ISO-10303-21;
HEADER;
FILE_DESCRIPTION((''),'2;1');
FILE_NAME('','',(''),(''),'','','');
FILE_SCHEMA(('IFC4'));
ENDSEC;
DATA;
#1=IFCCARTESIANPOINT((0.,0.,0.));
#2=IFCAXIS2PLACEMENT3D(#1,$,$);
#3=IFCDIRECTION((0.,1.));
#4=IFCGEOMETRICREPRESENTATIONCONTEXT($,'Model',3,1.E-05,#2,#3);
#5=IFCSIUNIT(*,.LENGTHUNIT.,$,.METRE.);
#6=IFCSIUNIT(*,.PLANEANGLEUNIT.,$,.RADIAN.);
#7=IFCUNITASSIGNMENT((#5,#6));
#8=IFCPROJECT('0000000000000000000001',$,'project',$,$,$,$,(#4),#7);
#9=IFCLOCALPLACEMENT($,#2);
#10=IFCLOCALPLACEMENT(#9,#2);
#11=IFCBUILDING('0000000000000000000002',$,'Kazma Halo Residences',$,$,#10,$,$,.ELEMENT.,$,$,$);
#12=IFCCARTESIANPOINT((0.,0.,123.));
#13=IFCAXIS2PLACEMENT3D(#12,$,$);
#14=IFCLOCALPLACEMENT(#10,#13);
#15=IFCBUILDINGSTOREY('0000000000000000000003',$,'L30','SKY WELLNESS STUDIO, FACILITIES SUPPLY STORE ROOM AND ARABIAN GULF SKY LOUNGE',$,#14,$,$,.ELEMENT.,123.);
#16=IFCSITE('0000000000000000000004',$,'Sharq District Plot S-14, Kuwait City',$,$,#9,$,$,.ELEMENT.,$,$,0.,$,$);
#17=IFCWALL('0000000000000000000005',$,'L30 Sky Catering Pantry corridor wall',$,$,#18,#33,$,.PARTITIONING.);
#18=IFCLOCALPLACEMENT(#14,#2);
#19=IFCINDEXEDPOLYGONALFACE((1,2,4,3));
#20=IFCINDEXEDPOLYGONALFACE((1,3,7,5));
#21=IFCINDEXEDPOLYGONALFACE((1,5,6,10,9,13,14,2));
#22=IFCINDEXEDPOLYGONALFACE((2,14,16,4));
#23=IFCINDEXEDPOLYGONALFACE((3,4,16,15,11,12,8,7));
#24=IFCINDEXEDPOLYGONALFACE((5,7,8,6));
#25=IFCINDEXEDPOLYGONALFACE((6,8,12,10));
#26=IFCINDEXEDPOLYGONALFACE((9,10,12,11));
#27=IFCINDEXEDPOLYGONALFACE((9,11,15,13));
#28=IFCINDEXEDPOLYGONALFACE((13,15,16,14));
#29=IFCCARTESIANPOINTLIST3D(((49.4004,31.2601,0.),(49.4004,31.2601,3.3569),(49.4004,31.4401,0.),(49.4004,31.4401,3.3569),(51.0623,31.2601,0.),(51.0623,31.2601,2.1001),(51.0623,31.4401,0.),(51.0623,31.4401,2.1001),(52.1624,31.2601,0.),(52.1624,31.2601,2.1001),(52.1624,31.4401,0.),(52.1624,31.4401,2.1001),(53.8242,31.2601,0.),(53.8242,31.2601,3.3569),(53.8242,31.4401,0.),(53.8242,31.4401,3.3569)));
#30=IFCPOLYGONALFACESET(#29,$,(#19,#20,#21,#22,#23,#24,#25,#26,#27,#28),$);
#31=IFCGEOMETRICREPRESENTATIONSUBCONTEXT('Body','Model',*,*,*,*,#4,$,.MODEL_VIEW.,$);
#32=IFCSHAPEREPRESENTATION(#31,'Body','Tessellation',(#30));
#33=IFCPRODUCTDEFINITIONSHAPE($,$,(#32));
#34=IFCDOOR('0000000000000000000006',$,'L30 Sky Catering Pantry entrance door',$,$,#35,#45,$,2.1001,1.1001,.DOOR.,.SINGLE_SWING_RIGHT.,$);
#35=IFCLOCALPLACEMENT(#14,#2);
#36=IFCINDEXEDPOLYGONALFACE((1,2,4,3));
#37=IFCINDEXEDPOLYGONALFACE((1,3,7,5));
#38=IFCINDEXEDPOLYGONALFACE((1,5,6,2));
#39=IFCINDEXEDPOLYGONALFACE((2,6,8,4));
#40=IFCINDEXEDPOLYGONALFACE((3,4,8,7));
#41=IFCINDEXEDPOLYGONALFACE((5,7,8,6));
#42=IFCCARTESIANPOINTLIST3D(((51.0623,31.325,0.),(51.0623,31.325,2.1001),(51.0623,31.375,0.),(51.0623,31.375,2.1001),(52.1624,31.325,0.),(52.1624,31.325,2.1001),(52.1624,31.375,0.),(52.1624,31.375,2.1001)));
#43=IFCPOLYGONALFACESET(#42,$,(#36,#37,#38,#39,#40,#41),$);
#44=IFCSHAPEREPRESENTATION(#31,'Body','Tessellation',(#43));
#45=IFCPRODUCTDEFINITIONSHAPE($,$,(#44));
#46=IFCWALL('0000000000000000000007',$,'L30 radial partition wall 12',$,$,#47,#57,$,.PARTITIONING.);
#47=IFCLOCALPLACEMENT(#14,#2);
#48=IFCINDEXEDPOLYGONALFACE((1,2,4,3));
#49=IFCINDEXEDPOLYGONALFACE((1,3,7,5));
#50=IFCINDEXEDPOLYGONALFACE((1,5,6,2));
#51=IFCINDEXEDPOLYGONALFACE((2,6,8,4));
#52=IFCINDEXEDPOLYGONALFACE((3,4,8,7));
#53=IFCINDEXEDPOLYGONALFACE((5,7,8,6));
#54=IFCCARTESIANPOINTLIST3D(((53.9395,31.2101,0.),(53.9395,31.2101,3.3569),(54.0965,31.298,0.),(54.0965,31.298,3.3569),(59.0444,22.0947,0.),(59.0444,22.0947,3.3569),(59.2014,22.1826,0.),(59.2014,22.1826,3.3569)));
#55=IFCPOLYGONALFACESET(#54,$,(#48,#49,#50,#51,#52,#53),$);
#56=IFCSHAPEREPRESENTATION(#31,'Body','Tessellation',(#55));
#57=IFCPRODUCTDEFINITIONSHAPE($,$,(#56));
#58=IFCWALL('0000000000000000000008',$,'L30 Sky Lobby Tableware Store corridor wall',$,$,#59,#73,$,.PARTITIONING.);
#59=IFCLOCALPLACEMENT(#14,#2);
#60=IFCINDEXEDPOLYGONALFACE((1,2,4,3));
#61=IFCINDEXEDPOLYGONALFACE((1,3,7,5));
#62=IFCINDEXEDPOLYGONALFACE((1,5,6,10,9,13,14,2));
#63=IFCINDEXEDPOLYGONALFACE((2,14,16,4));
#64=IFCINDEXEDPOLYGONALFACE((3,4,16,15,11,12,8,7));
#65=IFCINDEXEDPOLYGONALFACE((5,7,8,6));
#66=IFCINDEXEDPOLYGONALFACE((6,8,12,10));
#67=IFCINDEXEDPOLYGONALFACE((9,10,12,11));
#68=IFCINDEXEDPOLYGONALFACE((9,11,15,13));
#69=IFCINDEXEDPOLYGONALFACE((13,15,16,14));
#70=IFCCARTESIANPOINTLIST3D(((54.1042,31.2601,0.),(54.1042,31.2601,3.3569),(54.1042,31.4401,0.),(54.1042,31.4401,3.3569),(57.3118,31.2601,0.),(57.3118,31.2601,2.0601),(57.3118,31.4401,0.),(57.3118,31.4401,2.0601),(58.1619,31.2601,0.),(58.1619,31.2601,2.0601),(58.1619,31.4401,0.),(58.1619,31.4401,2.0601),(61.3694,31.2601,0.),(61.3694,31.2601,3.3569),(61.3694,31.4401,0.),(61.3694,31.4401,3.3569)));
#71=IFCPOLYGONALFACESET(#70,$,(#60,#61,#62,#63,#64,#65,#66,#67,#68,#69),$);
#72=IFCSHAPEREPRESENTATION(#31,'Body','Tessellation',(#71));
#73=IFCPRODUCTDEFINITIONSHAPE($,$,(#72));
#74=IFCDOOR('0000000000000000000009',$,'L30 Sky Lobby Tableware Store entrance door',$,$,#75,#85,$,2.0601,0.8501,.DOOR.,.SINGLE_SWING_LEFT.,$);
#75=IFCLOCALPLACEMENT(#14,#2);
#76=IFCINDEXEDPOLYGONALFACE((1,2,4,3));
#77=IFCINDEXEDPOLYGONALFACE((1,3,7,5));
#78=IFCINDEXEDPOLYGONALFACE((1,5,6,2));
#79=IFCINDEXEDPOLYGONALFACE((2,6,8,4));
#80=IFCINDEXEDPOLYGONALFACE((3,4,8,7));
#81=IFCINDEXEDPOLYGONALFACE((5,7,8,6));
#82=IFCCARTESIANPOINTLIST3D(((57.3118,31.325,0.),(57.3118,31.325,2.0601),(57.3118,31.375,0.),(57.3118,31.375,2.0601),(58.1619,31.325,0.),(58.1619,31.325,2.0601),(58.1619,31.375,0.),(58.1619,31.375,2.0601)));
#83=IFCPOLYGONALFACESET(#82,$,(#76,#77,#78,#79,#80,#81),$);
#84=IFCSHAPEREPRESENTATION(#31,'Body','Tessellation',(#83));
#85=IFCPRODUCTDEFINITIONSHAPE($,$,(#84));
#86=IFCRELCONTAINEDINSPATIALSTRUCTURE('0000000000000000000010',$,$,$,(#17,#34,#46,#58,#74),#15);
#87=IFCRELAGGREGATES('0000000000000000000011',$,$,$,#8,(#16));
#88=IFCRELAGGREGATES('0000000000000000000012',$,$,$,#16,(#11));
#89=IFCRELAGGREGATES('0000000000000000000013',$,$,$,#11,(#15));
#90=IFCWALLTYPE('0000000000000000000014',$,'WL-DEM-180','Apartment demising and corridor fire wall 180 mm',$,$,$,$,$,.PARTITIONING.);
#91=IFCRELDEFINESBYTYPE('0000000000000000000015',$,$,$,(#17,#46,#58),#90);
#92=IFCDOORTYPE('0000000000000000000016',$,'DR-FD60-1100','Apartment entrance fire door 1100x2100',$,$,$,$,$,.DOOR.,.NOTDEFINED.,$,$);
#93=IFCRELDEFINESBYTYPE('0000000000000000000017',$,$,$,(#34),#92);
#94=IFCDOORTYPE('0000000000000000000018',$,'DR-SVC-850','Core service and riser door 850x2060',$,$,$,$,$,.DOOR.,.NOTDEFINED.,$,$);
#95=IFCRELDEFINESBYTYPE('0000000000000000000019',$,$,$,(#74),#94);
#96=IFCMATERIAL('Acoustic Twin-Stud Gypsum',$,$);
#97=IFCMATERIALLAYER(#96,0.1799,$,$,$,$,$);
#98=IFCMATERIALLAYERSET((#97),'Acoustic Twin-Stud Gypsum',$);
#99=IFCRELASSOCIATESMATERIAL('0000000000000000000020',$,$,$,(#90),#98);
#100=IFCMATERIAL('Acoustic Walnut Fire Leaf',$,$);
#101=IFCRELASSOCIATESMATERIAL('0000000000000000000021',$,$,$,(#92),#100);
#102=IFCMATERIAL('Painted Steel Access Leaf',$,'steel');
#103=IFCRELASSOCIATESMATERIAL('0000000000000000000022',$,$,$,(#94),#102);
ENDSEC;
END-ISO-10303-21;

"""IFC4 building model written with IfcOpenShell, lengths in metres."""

from ifc_helpers import new_model, si_unit, direction, frame, frame_2d, origin, place, context, subcontext, project, spatial, rectangle, extrude, material, layer, layer_set, type_object, element, fill, save


model = new_model("IFC4")

# Units and contexts
model_context = context("Model", 3, precision=1e-05, world=origin(), true_north=direction((0.0, 1.0)))
body_context = subcontext(model_context, "Body", "Model", "MODEL_VIEW")
ifc_project = project(units=[si_unit("LENGTHUNIT", "METRE"), si_unit("PLANEANGLEUNIT", "RADIAN")], contexts=[model_context])

# Site, building, storey
site_placement = place(None, origin())
site = spatial("IfcSite", under=ifc_project, at=site_placement, Name="Sharq District Plot S-14, Kuwait City", CompositionType="ELEMENT", RefElevation=0.0)
building_placement = place(site_placement, origin())
building = spatial("IfcBuilding", under=site, at=building_placement, Name="Kazma Halo Residences", CompositionType="ELEMENT")
storey_placement = place(building_placement, frame((0.0, 0.0, 123.0)))
storey = spatial("IfcBuildingStorey", under=building, at=storey_placement, Name="L30", Description="SKY WELLNESS STUDIO, FACILITIES SUPPLY STORE ROOM AND ARABIAN GULF SKY LOUNGE", CompositionType="ELEMENT", Elevation=123.0)

# Shared definitions
ifc_material_1 = material(Name="Acoustic Twin-Stud Gypsum")
ifc_layer_1 = layer(ifc_material_1, 0.1799)
ifc_layer_set_1 = layer_set([ifc_layer_1], Name="Acoustic Twin-Stud Gypsum")
wall_type_1 = type_object("IfcWallType", Name="WL-DEM-180", Description="Apartment demising and corridor fire wall 180 mm", PredefinedType="PARTITIONING", material=ifc_layer_set_1)

# Wall, opening, door
wall_1_placement = place(storey_placement, frame((49.4004, 31.3501, 0.0), z_axis=(0.0, 0.0, 1.0), x_axis=(1.0, 0.0, 0.0)))
wall_1 = element("IfcWall", 1, at=wall_1_placement, inside=storey, type_object=wall_type_1, Name="L30 Sky Catering Pantry corridor wall", PredefinedType="PARTITIONING", context=body_context, shape_type="SweptSolid", body=[
    extrude(rectangle(XDim=4.4238, YDim=0.1799, at=frame_2d((2.2119, 0.0))), origin(), (0.0, 0.0, 1.0), 3.3569),
])
opening_1_placement = place(wall_1_placement, frame((1.6619, 0.0, 0.0)))
opening_1 = element("IfcOpeningElement", 2, at=opening_1_placement, cuts=wall_1, PredefinedType="OPENING", context=body_context, shape_type="SweptSolid", body=[
    extrude(rectangle(XDim=1.1001, YDim=2.1001, at=frame_2d((0.55, 1.05))), frame((0.0, 0.0999, 0.0), z_axis=(0.0, -1.0, 0.0), x_axis=(1.0, 0.0, 0.0)), (0.0, 0.0, 1.0), 0.2),
])
ifc_material_2 = material(Name="Acoustic Walnut Fire Leaf")
door_type_1 = type_object("IfcDoorType", Name="DR-FD60-1100", Description="Apartment entrance fire door 1100x2100", OperationType="NOTDEFINED", PredefinedType="DOOR", material=ifc_material_2)
door_1_placement = place(opening_1_placement, origin())
door_1 = element("IfcDoor", 3, at=door_1_placement, inside=storey, type_object=door_type_1, Name="L30 Sky Catering Pantry entrance door", OperationType="SINGLE_SWING_RIGHT", OverallHeight=2.1001, OverallWidth=1.1001, PredefinedType="DOOR", context=body_context, shape_type="SweptSolid", body=[
    extrude(rectangle(XDim=1.1001, YDim=2.1001, at=frame_2d((0.55, 1.05))), frame((0.0, 0.0249, 0.0), z_axis=(0.0, -1.0, 0.0), x_axis=(1.0, 0.0, 0.0)), (0.0, 0.0, 1.0), 0.05),
])
fill(opening_1, door_1)

# Wall
wall_2_placement = place(storey_placement, frame((54.0181, 31.2539, 0.0), z_axis=(0.0, 0.0, 1.0), x_axis=(0.488626, -0.872493, 0.0)))
element("IfcWall", 4, at=wall_2_placement, inside=storey, type_object=wall_type_1, Name="L30 radial partition wall 12", PredefinedType="PARTITIONING", context=body_context, shape_type="SweptSolid", body=[
    extrude(rectangle(XDim=10.4475, YDim=0.1799, at=frame_2d((5.2236, 0.0))), origin(), (0.0, 0.0, 1.0), 3.3569),
])

# Wall, opening, door
wall_3_placement = place(storey_placement, frame((54.1042, 31.3501, 0.0), z_axis=(0.0, 0.0, 1.0), x_axis=(1.0, 0.0, 0.0)))
wall_3 = element("IfcWall", 5, at=wall_3_placement, inside=storey, type_object=wall_type_1, Name="L30 Sky Lobby Tableware Store corridor wall", PredefinedType="PARTITIONING", context=body_context, shape_type="SweptSolid", body=[
    extrude(rectangle(XDim=7.2651, YDim=0.1799, at=frame_2d((3.6326, 0.0))), origin(), (0.0, 0.0, 1.0), 3.3569),
])
opening_2_placement = place(wall_3_placement, frame((3.2075, 0.0, 0.0)))
opening_2 = element("IfcOpeningElement", 6, at=opening_2_placement, cuts=wall_3, PredefinedType="OPENING", context=body_context, shape_type="SweptSolid", body=[
    extrude(rectangle(XDim=0.8501, YDim=2.0601, at=frame_2d((0.425, 1.03))), frame((0.0, 0.0999, 0.0), z_axis=(0.0, -1.0, 0.0), x_axis=(1.0, 0.0, 0.0)), (0.0, 0.0, 1.0), 0.2),
])
ifc_material_3 = material(Name="Painted Steel Access Leaf", Category="steel")
door_type_2 = type_object("IfcDoorType", Name="DR-SVC-850", Description="Core service and riser door 850x2060", OperationType="NOTDEFINED", PredefinedType="DOOR", material=ifc_material_3)
door_2_placement = place(opening_2_placement, origin())
door_2 = element("IfcDoor", 7, at=door_2_placement, inside=storey, type_object=door_type_2, Name="L30 Sky Lobby Tableware Store entrance door", OperationType="SINGLE_SWING_LEFT", OverallHeight=2.0601, OverallWidth=0.8501, PredefinedType="DOOR", context=body_context, shape_type="SweptSolid", body=[
    extrude(rectangle(XDim=0.8501, YDim=2.0601, at=frame_2d((0.425, 1.03))), frame((0.0, 0.0249, 0.0), z_axis=(0.0, -1.0, 0.0), x_axis=(1.0, 0.0, 0.0)), (0.0, 0.0, 1.0), 0.05),
])
fill(opening_2, door_2)

save(model, "model.ifc")
